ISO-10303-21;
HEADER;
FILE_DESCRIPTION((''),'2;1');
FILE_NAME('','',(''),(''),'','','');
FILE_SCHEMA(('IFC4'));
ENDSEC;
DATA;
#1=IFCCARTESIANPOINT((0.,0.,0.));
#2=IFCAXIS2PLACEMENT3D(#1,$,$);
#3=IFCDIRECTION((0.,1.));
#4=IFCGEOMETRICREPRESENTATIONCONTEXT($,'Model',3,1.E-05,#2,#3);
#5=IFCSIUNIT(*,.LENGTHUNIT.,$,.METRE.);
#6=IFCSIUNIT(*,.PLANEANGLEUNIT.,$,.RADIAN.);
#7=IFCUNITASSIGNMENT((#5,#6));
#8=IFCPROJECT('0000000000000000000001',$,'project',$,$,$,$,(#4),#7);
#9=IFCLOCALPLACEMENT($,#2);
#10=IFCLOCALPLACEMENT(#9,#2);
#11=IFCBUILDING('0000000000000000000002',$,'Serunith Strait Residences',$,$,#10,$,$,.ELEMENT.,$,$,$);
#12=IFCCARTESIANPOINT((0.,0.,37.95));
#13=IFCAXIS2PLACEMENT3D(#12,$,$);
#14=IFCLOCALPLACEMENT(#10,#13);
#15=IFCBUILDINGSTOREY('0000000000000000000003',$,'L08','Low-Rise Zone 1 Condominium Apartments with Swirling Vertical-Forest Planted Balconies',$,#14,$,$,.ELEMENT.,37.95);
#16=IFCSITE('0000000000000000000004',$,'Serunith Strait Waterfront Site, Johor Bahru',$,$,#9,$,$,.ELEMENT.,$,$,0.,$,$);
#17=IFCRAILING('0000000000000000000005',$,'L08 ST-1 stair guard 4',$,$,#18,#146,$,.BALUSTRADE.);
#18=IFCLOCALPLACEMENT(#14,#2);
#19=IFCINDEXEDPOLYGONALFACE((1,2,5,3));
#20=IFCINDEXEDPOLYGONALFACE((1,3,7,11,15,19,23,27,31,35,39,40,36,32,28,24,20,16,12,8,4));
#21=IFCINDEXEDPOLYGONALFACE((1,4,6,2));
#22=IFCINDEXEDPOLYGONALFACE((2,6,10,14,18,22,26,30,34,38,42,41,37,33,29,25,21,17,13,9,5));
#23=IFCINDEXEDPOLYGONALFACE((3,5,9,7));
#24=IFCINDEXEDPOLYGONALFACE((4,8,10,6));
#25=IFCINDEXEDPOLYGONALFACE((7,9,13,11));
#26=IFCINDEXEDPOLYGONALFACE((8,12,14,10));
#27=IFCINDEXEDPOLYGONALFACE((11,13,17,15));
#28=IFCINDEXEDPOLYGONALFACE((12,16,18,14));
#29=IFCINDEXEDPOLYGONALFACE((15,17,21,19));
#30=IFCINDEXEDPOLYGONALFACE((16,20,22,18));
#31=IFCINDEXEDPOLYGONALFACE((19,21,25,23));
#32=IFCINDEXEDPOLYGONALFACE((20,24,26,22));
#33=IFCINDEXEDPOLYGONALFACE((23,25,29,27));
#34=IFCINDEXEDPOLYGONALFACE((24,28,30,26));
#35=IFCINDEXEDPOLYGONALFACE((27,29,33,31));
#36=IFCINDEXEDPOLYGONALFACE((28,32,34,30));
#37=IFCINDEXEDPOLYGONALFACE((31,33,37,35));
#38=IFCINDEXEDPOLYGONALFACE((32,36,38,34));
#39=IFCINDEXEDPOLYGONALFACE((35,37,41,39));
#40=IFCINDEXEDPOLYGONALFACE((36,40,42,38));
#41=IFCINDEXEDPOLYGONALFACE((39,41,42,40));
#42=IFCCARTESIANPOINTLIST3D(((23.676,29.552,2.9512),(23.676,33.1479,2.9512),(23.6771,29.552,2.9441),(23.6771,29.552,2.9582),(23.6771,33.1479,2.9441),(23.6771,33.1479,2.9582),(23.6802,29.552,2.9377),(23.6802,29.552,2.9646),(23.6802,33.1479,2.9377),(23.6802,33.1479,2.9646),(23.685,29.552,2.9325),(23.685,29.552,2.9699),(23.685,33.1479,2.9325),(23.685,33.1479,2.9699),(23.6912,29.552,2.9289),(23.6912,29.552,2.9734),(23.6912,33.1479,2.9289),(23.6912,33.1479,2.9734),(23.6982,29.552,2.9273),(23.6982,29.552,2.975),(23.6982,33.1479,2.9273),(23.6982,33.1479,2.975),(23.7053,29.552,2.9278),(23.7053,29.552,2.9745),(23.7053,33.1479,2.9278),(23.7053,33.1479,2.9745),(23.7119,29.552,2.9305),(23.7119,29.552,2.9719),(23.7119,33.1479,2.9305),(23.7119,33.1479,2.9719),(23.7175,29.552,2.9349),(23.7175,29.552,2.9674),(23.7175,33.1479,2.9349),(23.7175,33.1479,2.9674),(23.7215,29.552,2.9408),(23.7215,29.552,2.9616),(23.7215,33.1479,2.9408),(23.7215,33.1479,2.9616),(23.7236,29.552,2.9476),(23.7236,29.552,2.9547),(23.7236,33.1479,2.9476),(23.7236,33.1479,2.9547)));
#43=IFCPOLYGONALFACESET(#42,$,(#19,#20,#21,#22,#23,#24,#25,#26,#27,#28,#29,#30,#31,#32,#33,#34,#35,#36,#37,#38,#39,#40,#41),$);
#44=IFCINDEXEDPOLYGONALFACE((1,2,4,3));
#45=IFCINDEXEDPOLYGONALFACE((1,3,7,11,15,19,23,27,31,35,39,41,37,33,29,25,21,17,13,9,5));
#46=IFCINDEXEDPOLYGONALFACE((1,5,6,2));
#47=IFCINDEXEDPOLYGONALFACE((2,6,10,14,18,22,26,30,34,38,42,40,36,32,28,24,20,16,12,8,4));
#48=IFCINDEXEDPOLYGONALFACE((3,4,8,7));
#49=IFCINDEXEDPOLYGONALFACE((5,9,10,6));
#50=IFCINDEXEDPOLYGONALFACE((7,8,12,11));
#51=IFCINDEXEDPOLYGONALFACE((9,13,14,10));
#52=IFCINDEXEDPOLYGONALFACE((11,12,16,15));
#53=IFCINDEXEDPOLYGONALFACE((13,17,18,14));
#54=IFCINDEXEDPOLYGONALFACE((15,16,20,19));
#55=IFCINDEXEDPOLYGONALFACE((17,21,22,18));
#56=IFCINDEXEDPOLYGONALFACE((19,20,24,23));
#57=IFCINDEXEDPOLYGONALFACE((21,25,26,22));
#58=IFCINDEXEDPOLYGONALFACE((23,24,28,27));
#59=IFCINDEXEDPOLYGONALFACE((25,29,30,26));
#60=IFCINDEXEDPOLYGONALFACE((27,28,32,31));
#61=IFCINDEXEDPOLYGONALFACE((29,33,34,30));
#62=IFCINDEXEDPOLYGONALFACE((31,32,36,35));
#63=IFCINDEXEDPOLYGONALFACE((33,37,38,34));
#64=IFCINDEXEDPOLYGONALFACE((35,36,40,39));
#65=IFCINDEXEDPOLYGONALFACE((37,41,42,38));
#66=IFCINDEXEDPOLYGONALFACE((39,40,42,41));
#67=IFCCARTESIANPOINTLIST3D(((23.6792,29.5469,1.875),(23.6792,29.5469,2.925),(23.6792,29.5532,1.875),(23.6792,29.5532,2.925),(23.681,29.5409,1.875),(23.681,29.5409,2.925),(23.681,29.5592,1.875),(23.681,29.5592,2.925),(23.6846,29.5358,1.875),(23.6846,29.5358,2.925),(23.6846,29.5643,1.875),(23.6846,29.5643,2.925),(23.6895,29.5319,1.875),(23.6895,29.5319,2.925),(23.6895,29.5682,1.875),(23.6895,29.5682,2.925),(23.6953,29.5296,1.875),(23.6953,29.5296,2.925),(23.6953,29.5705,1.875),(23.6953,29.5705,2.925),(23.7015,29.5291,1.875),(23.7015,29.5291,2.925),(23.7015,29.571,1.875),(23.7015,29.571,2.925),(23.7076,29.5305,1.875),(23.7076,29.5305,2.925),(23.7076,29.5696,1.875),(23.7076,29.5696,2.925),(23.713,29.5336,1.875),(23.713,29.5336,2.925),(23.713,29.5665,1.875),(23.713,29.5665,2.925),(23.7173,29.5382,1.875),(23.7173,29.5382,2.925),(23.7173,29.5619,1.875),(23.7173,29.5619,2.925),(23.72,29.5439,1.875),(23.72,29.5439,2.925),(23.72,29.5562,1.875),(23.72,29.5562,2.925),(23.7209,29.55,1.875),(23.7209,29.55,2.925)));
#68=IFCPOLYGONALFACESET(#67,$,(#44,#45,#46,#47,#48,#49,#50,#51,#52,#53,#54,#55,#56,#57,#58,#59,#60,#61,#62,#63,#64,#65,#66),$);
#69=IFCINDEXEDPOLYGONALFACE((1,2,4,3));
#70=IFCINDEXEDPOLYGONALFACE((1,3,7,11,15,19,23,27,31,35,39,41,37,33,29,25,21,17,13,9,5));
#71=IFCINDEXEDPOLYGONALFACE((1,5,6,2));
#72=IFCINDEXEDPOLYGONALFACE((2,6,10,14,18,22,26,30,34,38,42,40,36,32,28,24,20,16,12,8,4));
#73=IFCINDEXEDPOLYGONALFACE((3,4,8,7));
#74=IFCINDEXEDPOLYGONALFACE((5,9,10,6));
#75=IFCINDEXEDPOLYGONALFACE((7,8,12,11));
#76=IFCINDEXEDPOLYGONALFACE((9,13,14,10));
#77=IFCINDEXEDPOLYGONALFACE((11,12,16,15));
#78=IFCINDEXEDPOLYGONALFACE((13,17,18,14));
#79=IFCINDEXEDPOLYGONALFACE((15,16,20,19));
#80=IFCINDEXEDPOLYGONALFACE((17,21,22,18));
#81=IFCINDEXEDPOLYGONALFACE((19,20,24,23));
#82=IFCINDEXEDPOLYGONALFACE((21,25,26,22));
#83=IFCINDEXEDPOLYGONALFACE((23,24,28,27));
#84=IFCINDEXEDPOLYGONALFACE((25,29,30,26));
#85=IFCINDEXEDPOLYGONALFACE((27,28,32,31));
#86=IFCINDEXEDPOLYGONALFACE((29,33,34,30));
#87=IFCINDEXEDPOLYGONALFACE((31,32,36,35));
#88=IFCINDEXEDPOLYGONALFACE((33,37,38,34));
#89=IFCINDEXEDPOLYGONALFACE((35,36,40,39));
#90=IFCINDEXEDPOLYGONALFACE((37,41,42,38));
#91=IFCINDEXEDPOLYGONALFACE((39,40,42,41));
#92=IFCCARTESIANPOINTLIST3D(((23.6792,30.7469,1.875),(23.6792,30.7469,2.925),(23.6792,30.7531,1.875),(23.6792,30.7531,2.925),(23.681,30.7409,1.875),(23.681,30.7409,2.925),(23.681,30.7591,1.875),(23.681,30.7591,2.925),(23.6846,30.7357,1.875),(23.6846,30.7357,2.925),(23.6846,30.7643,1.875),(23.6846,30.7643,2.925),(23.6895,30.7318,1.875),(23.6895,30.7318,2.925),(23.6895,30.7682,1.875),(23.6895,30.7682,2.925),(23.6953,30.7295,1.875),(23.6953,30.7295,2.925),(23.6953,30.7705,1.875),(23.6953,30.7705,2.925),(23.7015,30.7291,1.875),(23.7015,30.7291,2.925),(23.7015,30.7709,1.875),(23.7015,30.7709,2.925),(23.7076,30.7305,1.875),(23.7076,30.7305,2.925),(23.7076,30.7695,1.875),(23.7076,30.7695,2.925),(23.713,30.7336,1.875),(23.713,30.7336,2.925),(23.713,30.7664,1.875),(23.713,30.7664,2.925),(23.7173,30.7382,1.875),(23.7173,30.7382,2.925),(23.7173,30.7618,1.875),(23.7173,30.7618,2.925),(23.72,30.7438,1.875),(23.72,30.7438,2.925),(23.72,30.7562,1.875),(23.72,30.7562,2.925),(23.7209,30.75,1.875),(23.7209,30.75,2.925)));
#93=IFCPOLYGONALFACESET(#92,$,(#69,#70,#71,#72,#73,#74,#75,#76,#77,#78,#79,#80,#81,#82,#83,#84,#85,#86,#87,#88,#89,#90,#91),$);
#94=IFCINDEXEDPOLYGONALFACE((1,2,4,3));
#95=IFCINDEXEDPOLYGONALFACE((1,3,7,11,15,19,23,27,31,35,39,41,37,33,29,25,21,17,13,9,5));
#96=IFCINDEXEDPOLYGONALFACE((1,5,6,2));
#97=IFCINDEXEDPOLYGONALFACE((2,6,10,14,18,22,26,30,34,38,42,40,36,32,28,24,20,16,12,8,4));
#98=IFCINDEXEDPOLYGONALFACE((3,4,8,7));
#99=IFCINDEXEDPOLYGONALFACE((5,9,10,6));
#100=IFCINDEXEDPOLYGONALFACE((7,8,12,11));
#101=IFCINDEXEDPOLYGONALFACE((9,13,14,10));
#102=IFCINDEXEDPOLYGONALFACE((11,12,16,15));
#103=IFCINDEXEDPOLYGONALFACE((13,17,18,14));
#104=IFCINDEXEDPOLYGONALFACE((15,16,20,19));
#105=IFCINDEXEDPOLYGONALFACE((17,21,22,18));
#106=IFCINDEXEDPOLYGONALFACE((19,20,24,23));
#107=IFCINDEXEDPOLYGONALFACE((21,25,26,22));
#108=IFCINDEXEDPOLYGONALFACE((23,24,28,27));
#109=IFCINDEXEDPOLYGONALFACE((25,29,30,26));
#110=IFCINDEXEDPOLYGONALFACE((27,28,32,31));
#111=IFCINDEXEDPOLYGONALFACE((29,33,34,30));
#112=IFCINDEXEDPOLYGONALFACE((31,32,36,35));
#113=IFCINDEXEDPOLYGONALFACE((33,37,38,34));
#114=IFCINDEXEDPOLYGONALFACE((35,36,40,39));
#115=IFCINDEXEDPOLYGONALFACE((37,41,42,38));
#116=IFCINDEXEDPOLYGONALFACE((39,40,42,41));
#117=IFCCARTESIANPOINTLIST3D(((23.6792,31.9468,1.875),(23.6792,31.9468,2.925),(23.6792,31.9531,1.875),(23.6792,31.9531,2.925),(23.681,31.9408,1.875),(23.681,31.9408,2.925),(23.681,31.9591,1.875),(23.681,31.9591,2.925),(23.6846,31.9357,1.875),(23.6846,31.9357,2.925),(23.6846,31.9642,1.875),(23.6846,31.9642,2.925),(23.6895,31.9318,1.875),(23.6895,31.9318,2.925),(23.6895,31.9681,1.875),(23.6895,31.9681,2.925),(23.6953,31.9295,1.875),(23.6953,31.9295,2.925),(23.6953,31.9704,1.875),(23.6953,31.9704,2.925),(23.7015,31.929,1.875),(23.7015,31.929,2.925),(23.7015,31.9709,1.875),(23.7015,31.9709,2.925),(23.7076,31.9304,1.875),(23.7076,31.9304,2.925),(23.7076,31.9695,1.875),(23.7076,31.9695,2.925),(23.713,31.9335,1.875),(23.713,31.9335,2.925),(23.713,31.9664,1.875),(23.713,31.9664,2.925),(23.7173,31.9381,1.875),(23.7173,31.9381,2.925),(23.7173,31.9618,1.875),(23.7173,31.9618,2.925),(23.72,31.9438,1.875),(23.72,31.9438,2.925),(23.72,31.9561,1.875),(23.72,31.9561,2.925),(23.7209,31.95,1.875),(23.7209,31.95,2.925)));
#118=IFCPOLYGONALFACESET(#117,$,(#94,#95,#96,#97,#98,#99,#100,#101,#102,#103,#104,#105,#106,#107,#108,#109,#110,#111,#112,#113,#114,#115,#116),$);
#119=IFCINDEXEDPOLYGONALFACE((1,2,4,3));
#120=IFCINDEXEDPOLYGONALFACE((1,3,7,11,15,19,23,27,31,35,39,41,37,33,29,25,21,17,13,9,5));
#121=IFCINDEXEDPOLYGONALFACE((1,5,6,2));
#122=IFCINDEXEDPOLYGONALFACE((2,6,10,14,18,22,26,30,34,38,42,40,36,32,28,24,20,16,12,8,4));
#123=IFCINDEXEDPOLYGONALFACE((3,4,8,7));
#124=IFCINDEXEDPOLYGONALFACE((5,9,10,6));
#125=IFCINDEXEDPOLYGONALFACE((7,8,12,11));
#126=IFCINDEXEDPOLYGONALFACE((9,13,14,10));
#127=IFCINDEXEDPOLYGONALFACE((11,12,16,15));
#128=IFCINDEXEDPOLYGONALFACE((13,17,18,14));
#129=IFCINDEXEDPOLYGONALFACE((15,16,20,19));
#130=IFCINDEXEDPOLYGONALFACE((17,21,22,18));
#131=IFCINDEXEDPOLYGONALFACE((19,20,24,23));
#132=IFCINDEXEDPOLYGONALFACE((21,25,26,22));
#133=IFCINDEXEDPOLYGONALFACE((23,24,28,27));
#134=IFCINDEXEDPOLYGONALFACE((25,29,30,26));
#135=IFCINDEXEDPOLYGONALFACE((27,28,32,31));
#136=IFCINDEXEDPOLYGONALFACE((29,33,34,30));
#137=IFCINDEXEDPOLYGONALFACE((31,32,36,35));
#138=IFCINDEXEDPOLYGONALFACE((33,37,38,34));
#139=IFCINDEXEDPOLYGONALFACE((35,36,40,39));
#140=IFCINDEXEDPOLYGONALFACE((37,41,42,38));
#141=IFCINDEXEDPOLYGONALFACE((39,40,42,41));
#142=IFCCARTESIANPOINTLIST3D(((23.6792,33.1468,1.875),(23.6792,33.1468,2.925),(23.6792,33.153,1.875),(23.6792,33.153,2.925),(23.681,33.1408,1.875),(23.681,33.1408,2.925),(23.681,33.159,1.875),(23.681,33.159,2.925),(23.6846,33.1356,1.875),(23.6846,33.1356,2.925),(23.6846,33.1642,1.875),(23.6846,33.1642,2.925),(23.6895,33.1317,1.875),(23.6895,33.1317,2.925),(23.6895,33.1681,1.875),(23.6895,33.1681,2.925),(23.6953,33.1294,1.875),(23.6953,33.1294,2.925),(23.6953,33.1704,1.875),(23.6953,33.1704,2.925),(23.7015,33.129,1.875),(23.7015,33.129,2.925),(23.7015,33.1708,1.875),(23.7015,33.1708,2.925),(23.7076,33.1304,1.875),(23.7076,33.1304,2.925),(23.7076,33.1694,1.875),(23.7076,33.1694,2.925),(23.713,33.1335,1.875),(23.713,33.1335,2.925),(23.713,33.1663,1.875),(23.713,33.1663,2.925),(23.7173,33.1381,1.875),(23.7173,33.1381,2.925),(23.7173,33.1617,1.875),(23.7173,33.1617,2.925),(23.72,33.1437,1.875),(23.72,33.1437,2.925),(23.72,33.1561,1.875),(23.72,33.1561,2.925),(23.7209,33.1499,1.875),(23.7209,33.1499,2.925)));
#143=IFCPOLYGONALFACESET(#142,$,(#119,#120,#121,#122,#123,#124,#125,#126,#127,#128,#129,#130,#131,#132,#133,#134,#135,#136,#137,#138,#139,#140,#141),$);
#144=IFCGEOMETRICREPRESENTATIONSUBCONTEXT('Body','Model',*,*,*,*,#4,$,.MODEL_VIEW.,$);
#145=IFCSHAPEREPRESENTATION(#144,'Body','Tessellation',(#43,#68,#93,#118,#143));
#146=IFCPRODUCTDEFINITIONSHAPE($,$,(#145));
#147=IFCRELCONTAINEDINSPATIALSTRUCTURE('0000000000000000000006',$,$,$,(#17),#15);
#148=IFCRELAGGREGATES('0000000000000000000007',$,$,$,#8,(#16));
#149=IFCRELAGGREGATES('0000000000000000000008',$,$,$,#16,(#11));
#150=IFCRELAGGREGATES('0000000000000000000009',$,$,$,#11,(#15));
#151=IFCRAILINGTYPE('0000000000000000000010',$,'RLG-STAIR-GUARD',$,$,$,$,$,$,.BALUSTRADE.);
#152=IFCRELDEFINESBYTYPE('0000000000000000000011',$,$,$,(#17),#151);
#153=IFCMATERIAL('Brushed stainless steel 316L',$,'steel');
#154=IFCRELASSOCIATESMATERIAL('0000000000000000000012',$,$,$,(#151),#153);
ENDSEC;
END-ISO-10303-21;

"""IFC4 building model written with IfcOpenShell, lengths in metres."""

from ifc_helpers import new_model, si_unit, direction, frame, origin, origin_2d, place, context, subcontext, project, spatial, circle, extrude, material, type_object, element, save


model = new_model("IFC4")

# Units and contexts
model_context = context("Model", 3, precision=1e-05, world=origin(), true_north=direction((0.0, 1.0)))
body_context = subcontext(model_context, "Body", "Model", "MODEL_VIEW")
ifc_project = project(units=[si_unit("LENGTHUNIT", "METRE"), si_unit("PLANEANGLEUNIT", "RADIAN")], contexts=[model_context])

# Site, building, storey
site_placement = place(None, origin())
site = spatial("IfcSite", under=ifc_project, at=site_placement, Name="Serunith Strait Waterfront Site, Johor Bahru", CompositionType="ELEMENT", RefElevation=0.0)
building_placement = place(site_placement, origin())
building = spatial("IfcBuilding", under=site, at=building_placement, Name="Serunith Strait Residences", CompositionType="ELEMENT")
storey_placement = place(building_placement, frame((0.0, 0.0, 37.95)))
storey = spatial("IfcBuildingStorey", under=building, at=storey_placement, Name="L08", Description="Low-Rise Zone 1 Condominium Apartments with Swirling Vertical-Forest Planted Balconies", CompositionType="ELEMENT", Elevation=37.95)

# Railing
ifc_material_1 = material(Name="Brushed stainless steel 316L", Category="steel")
railing_type_1 = type_object("IfcRailingType", Name="RLG-STAIR-GUARD", PredefinedType="BALUSTRADE", material=ifc_material_1)
for number, where, name in (
    (1, (23.7, 29.55, 1.875), "L08 ST-1 stair guard 4"),
):
    element("IfcRailing", number, at=place(storey_placement, frame(where)), inside=storey, type_object=railing_type_1, Name=name, PredefinedType="BALUSTRADE", context=body_context, shape_type="SweptSolid", body=[
        extrude(circle(Radius=0.0239, at=origin_2d()), frame((0.0, 0.002, 1.0762), z_axis=(0.0, 1.0, 0.0), x_axis=(-1.0, 0.0, 0.0)), (0.0, 0.0, 1.0), 3.5959),
        extrude(circle(Radius=0.021, at=origin_2d()), origin(), (0.0, 0.0, 1.0), 1.05),
        extrude(circle(Radius=0.021, at=origin_2d()), frame((0.0, 1.2, 0.0)), (0.0, 0.0, 1.0), 1.05),
        extrude(circle(Radius=0.021, at=origin_2d()), frame((0.0, 2.3999, 0.0)), (0.0, 0.0, 1.0), 1.05),
        extrude(circle(Radius=0.021, at=origin_2d()), frame((0.0, 3.5999, 0.0)), (0.0, 0.0, 1.0), 1.05),
    ])

save(model, "model.ifc")
